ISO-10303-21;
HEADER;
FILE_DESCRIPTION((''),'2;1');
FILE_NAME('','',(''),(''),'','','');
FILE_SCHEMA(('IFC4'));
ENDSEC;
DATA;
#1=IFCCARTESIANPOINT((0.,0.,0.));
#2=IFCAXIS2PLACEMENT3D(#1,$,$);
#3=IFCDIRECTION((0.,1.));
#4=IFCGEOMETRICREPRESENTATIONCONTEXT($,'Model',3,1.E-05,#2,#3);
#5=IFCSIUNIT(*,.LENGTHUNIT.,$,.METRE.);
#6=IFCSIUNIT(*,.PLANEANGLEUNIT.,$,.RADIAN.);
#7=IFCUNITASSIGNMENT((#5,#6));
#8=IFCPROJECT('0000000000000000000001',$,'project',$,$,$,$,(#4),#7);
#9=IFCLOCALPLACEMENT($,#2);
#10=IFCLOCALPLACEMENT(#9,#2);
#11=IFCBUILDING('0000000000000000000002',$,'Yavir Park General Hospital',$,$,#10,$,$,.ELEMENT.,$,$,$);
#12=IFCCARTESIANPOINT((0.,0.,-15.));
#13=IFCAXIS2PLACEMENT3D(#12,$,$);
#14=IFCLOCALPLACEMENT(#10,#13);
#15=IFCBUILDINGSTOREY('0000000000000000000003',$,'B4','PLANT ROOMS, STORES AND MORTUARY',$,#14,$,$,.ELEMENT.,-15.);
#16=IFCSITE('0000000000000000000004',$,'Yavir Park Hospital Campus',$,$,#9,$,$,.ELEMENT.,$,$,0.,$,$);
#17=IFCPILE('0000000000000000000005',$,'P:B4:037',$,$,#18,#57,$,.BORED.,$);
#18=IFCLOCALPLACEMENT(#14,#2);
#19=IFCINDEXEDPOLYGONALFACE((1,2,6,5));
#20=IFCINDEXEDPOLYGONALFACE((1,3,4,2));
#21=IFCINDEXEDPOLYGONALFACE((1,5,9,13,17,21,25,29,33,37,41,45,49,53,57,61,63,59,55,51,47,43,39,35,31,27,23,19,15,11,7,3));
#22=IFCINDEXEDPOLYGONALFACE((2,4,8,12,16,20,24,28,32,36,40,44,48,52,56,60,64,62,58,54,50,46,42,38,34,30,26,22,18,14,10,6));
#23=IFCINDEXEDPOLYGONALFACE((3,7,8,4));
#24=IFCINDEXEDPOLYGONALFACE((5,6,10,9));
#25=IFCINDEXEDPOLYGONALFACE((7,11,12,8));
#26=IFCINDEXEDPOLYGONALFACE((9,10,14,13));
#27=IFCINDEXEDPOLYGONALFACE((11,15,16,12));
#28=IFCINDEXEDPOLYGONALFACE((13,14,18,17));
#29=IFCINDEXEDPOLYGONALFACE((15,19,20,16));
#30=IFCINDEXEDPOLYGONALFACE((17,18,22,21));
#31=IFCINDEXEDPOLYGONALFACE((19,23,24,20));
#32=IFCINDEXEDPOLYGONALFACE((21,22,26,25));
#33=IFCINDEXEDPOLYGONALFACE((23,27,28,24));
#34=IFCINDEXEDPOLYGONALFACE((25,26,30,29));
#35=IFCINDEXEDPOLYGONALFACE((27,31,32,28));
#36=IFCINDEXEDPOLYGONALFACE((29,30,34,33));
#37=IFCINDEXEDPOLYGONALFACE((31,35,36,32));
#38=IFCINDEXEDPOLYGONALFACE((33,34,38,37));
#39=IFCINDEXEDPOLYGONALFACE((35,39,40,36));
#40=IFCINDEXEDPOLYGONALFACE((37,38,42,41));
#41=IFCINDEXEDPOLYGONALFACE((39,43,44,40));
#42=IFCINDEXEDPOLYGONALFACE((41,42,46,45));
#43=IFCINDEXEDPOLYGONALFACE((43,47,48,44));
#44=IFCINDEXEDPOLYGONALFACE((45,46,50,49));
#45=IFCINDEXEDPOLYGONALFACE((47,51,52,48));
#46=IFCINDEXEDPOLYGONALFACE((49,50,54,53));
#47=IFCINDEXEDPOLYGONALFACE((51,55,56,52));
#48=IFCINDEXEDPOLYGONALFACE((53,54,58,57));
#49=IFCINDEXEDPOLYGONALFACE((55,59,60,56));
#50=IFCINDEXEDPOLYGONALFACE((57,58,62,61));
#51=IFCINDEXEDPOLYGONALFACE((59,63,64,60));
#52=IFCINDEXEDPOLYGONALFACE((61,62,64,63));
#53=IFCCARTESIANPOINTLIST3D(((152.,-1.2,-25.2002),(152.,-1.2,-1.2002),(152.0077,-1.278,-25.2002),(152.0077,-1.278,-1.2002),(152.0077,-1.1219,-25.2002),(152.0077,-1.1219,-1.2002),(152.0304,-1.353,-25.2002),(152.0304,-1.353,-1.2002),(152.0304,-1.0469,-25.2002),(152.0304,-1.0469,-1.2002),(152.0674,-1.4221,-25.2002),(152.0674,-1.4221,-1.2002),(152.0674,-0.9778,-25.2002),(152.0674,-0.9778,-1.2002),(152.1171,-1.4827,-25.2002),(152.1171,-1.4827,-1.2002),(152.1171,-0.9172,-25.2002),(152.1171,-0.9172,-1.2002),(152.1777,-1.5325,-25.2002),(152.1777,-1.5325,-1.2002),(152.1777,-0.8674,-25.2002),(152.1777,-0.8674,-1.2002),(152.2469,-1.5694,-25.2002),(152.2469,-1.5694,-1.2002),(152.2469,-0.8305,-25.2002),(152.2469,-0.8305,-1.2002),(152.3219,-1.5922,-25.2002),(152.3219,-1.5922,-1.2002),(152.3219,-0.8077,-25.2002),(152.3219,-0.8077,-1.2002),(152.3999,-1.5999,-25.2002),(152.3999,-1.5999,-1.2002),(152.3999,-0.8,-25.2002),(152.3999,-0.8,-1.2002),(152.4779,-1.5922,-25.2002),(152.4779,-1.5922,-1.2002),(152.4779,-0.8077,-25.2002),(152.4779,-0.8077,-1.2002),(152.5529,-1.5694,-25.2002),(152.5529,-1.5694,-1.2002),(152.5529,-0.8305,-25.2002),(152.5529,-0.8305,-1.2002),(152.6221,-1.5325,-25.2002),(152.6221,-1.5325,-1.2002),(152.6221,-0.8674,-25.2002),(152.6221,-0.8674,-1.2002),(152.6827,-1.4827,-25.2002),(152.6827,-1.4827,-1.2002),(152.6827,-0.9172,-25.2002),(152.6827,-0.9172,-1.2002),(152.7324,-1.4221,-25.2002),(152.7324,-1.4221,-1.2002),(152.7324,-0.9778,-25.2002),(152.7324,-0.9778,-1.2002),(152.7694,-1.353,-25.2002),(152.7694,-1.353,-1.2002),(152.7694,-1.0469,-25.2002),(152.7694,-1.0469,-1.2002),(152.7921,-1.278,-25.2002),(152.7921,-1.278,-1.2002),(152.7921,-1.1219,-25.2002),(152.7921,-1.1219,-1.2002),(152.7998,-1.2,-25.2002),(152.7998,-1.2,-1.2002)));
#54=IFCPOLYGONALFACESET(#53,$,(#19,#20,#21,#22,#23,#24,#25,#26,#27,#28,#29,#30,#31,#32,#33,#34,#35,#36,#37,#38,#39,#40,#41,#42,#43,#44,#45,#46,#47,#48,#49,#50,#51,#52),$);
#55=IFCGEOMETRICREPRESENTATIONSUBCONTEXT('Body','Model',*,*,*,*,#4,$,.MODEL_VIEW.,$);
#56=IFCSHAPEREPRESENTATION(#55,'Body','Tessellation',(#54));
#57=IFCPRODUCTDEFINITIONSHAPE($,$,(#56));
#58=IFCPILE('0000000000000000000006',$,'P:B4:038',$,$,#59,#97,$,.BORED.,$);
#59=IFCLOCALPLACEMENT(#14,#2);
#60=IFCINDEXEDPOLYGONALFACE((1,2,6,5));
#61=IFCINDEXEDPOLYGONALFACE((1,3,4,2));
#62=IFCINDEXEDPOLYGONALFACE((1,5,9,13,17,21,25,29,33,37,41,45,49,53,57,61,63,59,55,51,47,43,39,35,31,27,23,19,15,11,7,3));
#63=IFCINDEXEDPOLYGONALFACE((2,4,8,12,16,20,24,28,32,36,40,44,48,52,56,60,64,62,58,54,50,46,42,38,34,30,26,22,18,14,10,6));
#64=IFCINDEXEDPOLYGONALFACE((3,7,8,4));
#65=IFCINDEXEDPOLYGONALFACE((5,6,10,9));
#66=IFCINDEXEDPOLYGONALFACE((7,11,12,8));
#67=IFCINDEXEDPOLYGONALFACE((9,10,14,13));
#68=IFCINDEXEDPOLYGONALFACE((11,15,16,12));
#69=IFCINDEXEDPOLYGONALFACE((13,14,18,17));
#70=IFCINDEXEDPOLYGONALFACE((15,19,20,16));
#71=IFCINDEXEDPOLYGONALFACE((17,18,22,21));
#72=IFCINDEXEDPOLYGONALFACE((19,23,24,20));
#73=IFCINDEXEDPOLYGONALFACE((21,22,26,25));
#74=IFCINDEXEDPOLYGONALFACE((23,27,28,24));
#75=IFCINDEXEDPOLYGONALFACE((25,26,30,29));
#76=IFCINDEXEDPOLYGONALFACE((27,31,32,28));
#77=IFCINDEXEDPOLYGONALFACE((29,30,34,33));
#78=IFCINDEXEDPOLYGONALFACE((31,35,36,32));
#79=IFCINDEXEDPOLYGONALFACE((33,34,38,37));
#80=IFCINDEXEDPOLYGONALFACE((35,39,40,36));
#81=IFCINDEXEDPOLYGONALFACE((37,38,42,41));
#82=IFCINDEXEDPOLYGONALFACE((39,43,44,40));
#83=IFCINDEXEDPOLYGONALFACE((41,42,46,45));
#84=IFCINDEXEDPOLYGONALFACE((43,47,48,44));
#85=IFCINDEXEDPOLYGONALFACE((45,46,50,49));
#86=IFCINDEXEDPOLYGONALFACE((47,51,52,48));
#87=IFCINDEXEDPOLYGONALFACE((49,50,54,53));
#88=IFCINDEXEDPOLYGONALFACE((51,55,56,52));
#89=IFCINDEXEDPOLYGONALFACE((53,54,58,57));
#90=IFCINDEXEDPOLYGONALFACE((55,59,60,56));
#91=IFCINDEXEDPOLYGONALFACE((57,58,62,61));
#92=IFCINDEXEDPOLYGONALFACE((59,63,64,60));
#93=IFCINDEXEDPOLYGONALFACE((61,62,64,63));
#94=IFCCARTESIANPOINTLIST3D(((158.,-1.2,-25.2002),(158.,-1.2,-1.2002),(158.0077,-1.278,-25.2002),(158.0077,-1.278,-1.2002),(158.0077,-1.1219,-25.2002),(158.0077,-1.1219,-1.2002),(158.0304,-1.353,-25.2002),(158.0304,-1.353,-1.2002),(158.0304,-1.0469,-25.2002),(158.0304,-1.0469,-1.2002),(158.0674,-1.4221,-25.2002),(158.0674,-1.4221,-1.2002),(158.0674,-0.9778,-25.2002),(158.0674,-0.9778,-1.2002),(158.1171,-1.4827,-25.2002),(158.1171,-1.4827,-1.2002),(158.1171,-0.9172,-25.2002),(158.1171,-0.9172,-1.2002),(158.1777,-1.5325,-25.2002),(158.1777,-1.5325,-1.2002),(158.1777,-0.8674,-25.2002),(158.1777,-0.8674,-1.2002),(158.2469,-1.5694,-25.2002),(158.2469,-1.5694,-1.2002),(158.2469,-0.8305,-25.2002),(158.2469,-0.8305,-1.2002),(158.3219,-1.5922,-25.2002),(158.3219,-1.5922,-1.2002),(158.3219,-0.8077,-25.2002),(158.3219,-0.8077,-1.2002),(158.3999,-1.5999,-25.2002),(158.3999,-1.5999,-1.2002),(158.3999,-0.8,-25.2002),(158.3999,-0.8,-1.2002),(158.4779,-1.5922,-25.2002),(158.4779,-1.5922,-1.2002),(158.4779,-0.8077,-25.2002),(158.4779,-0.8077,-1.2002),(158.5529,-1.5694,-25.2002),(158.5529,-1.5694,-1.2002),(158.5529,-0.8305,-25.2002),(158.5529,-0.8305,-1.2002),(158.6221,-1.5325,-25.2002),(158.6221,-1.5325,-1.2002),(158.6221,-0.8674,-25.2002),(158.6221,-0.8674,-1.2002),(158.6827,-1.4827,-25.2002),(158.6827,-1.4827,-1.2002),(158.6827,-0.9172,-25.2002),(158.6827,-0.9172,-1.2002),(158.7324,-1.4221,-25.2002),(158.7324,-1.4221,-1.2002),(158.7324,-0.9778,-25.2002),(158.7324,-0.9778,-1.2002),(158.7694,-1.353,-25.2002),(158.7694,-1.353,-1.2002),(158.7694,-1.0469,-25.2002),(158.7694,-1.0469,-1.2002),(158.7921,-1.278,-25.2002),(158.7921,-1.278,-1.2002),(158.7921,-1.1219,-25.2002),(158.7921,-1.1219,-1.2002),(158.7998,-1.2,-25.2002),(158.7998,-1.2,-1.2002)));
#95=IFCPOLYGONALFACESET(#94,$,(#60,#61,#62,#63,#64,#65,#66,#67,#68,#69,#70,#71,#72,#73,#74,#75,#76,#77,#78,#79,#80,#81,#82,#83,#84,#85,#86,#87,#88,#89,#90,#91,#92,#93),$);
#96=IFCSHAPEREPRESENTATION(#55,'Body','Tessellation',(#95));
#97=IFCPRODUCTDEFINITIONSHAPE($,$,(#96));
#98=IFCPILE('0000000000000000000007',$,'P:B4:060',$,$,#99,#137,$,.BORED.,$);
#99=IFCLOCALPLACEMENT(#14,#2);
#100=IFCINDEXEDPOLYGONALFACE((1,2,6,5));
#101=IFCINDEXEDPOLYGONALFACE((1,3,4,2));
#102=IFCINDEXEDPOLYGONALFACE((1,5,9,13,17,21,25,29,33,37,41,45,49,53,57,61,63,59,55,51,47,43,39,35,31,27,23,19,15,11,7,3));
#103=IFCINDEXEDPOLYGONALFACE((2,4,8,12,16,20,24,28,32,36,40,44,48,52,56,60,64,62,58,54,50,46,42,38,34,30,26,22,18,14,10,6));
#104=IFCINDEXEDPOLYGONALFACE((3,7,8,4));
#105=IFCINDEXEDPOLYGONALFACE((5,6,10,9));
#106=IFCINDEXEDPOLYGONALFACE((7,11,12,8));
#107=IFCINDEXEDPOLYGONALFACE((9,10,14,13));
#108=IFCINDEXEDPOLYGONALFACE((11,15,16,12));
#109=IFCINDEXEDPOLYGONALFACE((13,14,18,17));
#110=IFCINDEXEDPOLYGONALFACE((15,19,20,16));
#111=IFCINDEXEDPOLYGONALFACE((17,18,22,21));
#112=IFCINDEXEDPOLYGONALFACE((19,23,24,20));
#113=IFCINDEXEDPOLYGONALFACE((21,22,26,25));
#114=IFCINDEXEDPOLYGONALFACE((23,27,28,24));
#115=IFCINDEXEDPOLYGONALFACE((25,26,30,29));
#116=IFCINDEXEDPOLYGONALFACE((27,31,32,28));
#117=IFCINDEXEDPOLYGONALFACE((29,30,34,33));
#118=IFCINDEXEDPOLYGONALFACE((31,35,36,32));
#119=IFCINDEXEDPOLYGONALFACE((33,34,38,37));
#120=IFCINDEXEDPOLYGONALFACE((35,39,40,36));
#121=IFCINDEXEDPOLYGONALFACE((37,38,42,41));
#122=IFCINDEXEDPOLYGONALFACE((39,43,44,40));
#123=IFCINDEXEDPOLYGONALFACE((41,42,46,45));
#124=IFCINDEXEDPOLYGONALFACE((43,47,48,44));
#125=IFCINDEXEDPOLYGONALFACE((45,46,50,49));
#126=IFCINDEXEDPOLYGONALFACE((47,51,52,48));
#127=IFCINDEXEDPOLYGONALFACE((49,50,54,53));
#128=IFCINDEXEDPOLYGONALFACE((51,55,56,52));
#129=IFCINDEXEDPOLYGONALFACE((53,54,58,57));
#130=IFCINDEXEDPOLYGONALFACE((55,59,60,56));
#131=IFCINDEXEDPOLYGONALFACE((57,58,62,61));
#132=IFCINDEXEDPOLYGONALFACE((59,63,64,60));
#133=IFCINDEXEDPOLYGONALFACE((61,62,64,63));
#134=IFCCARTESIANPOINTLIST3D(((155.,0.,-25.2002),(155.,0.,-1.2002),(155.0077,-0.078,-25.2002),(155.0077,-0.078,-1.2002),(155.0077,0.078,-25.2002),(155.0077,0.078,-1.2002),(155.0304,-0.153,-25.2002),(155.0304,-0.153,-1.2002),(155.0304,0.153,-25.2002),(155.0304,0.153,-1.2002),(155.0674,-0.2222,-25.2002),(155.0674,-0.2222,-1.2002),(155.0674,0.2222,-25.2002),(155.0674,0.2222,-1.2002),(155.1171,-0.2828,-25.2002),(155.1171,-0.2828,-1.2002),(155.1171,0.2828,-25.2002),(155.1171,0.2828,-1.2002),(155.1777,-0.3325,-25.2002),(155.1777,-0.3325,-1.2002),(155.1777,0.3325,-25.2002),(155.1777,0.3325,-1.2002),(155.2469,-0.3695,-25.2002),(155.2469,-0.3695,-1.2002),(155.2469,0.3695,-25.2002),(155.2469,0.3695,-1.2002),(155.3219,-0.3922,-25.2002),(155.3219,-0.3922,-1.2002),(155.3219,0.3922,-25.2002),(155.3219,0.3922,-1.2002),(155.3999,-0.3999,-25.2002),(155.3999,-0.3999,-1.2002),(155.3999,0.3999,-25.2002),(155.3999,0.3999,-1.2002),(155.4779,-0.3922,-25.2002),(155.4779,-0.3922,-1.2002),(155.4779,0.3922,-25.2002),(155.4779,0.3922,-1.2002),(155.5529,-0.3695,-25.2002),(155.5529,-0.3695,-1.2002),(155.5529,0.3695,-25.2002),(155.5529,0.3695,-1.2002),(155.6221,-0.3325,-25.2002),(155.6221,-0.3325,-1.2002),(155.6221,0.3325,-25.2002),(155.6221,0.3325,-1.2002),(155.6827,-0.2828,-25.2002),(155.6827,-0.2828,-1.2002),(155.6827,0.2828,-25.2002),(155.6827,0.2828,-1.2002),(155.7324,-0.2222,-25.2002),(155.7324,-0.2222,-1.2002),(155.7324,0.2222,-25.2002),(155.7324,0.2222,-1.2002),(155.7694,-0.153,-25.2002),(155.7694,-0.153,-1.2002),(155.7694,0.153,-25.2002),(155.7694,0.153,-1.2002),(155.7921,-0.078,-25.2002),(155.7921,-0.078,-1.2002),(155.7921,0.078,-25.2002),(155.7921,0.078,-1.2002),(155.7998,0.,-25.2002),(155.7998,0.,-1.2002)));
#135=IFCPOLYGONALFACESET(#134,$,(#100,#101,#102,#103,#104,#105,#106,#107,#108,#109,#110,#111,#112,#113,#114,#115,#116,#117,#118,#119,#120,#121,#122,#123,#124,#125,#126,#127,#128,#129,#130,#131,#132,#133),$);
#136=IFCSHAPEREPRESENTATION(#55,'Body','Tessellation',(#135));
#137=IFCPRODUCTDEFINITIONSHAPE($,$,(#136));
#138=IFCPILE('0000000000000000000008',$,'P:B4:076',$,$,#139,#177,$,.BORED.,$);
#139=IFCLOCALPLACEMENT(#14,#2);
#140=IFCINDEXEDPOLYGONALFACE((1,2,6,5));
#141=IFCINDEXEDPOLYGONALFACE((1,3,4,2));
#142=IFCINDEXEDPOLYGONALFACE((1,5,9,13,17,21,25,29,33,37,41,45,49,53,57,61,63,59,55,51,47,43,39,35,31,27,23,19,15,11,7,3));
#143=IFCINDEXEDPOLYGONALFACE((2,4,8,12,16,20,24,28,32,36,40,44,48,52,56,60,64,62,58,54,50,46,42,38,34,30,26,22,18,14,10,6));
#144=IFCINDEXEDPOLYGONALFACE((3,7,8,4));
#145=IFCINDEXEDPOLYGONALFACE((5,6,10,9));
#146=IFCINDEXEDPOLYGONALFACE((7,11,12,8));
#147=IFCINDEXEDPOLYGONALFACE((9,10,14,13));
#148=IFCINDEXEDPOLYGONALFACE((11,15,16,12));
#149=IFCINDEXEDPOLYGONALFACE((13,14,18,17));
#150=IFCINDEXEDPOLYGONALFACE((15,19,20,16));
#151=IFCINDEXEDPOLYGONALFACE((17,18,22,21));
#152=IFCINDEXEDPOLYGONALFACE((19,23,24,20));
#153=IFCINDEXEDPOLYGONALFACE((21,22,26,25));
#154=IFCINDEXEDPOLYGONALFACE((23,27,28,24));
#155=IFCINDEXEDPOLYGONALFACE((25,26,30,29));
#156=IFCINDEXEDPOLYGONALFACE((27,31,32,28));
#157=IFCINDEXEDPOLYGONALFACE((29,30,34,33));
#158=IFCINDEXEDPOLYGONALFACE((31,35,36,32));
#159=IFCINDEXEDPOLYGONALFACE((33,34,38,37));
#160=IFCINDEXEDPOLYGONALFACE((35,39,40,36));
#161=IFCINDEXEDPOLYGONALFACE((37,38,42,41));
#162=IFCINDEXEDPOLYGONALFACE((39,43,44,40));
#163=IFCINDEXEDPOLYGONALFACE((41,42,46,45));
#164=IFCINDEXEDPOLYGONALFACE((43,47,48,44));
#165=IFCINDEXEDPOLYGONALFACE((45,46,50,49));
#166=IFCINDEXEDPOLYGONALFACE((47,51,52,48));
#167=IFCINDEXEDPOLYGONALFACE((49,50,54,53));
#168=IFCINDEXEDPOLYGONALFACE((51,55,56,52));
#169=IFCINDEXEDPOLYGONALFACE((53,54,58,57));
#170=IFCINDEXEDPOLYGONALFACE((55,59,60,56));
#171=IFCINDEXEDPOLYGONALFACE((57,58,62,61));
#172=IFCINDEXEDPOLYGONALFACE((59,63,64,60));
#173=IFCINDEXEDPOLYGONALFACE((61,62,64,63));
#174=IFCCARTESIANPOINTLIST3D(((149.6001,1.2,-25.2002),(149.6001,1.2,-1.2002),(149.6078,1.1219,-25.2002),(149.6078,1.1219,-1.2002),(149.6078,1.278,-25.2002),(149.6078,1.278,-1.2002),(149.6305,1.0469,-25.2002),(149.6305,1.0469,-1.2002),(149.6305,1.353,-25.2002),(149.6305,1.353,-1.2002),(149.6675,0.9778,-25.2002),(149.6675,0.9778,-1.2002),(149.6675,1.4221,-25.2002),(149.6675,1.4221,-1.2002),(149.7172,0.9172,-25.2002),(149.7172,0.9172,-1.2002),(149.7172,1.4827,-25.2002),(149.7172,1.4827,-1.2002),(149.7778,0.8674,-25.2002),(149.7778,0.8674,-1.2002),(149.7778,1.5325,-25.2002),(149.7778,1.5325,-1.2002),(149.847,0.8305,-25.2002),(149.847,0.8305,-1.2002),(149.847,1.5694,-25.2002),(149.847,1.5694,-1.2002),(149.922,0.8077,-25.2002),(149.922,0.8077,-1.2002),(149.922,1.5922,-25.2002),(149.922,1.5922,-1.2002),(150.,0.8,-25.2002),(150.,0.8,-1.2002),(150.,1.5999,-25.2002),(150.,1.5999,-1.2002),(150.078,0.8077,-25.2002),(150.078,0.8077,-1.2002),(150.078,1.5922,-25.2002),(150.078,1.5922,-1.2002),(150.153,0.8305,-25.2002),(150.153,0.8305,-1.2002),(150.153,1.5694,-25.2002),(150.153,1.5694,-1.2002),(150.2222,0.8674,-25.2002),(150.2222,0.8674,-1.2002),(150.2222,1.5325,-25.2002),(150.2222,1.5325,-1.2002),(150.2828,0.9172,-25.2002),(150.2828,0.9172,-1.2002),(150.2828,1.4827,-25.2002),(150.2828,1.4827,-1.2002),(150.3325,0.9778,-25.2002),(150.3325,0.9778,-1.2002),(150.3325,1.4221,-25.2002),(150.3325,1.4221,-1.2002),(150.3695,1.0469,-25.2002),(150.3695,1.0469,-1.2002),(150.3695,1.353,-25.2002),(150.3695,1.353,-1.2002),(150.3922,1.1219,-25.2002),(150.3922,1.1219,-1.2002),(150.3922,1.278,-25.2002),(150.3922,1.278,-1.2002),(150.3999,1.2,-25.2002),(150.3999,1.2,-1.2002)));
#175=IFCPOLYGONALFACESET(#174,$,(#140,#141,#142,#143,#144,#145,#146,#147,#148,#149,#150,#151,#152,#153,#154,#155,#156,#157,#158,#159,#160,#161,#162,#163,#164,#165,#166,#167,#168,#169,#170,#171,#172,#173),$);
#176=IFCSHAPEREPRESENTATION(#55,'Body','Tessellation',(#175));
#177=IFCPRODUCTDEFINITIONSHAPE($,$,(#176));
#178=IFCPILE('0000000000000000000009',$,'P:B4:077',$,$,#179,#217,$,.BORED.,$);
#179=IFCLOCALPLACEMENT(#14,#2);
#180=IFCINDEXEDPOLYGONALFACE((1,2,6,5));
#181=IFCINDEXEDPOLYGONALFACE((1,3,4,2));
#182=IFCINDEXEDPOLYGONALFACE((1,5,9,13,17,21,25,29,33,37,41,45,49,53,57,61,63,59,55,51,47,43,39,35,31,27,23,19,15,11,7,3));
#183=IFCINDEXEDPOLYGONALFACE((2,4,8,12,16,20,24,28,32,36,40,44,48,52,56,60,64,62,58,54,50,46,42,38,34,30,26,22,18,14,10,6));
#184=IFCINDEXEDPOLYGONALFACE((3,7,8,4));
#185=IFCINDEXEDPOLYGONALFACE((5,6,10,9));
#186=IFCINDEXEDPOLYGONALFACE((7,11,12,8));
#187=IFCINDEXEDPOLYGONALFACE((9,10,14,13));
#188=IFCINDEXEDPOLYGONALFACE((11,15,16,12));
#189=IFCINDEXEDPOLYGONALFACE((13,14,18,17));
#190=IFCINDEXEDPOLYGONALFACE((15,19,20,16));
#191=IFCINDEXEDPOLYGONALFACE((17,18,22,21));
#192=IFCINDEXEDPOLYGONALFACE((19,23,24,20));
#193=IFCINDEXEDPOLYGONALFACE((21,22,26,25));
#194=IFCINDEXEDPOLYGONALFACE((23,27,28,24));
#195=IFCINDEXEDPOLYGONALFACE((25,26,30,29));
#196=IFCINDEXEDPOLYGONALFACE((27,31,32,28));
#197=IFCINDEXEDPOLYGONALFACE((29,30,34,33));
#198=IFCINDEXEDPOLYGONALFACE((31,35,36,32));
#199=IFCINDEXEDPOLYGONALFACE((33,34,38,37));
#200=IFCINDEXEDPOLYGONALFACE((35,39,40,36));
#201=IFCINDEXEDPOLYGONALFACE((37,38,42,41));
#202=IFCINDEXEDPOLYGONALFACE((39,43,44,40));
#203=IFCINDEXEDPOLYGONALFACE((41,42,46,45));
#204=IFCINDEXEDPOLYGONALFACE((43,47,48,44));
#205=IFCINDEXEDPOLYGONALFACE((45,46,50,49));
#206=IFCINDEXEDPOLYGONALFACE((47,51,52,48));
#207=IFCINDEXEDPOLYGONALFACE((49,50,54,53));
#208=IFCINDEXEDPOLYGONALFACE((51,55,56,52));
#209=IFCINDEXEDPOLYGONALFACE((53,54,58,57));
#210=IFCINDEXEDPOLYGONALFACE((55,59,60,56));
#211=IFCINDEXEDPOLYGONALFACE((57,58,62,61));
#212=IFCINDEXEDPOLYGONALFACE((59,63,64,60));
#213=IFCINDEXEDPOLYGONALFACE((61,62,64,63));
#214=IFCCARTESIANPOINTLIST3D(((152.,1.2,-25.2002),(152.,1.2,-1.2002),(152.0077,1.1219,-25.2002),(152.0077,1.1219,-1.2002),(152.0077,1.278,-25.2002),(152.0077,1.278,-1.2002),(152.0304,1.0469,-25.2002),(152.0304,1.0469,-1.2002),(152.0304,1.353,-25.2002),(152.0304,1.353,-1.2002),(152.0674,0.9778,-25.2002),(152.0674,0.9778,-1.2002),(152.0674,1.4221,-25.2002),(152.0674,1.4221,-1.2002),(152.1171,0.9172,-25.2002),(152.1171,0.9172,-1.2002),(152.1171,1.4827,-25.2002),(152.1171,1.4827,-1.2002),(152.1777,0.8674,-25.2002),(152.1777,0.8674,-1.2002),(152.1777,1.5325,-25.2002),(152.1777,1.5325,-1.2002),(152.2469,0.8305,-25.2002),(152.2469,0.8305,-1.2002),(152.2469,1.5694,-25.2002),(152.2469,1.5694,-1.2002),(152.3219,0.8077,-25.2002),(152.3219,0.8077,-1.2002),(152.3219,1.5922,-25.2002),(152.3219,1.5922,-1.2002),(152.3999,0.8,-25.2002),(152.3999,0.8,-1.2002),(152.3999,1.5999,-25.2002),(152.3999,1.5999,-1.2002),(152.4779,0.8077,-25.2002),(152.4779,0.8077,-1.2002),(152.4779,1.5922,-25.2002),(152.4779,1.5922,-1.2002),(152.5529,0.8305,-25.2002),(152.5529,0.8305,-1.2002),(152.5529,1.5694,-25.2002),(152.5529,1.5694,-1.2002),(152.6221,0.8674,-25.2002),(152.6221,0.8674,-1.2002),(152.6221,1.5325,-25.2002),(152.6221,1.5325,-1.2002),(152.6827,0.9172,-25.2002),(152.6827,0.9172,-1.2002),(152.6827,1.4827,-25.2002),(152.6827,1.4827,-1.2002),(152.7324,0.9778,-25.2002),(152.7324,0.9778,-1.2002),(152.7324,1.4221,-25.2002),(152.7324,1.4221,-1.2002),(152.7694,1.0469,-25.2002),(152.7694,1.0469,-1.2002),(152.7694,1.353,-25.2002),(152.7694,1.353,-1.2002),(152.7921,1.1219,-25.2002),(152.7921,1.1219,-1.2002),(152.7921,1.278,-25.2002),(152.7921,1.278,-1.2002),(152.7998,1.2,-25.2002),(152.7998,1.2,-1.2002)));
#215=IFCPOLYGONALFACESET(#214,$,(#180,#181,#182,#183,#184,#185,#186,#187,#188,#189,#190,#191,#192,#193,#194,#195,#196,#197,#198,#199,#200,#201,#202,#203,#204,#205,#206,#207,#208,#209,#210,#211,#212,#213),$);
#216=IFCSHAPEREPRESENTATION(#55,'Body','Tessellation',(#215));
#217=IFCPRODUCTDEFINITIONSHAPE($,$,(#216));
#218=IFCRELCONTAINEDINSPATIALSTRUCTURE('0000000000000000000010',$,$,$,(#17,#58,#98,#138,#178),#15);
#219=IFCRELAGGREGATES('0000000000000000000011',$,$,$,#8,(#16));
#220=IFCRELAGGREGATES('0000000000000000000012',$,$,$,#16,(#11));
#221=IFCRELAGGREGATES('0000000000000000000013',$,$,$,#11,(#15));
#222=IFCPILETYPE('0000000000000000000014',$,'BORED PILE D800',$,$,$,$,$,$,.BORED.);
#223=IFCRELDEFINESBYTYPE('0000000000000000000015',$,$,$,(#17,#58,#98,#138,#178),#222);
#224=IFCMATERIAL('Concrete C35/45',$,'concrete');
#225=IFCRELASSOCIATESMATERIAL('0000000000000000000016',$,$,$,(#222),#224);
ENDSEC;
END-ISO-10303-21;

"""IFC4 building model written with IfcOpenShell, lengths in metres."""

from ifc_helpers import new_model, si_unit, direction, frame, origin, origin_2d, place, context, subcontext, project, spatial, circle, extrude, material, material_profile, profile_set, type_object, element, save


model = new_model("IFC4")

# Units and contexts
model_context = context("Model", 3, precision=1e-05, world=origin(), true_north=direction((0.0, 1.0)))
body_context = subcontext(model_context, "Body", "Model", "MODEL_VIEW")
ifc_project = project(units=[si_unit("LENGTHUNIT", "METRE"), si_unit("PLANEANGLEUNIT", "RADIAN")], contexts=[model_context])

# Site, building, storey
site_placement = place(None, origin())
site = spatial("IfcSite", under=ifc_project, at=site_placement, Name="Yavir Park Hospital Campus", CompositionType="ELEMENT", RefElevation=0.0)
building_placement = place(site_placement, origin())
building = spatial("IfcBuilding", under=site, at=building_placement, Name="Yavir Park General Hospital", CompositionType="ELEMENT")
storey_placement = place(building_placement, frame((0.0, 0.0, -15.0)))
storey = spatial("IfcBuildingStorey", under=building, at=storey_placement, Name="B4", Description="PLANT ROOMS, STORES AND MORTUARY", CompositionType="ELEMENT", Elevation=-15.0)

# Piles
ifc_material_1 = material(Name="Concrete C35/45", Category="concrete")
ifc_material_profile_1 = material_profile(ifc_material_1, circle(Radius=0.3999, at=origin_2d()), Name="D800")
ifc_profile_set_1 = profile_set([ifc_material_profile_1], Name="Concrete C35/45")
pile_type = type_object("IfcPileType", Name="BORED PILE D800", PredefinedType="BORED", material=ifc_profile_set_1)
for number, where, z_axis, x_axis, name in (
    (1, (152.3999, -1.2, -1.2002), (0.0, 0.0, -1.0), (1.0, 0.0, 0.0), "P:B4:037"),
    (2, (158.3999, -1.2, -1.2002), (0.0, 0.0, -1.0), (1.0, 0.0, 0.0), "P:B4:038"),
    (3, (155.3999, 0.0, -1.2002), (0.0, 0.0, -1.0), (1.0, 0.0, 0.0), "P:B4:060"),
    (4, (150.0, 1.2, -1.2002), (0.0, 0.0, -1.0), (1.0, 0.0, 0.0), "P:B4:076"),
    (5, (152.3999, 1.2, -1.2002), (0.0, 0.0, -1.0), (1.0, 0.0, 0.0), "P:B4:077"),
):
    element("IfcPile", number, at=place(storey_placement, frame(where, z_axis=z_axis, x_axis=x_axis)), inside=storey, type_object=pile_type, Name=name, PredefinedType="BORED", context=body_context, shape_type="SweptSolid", body=[
        extrude(circle(Radius=0.3999, at=origin_2d()), origin(), (0.0, 0.0, 1.0), 24.0),
    ])

save(model, "model.ifc")
